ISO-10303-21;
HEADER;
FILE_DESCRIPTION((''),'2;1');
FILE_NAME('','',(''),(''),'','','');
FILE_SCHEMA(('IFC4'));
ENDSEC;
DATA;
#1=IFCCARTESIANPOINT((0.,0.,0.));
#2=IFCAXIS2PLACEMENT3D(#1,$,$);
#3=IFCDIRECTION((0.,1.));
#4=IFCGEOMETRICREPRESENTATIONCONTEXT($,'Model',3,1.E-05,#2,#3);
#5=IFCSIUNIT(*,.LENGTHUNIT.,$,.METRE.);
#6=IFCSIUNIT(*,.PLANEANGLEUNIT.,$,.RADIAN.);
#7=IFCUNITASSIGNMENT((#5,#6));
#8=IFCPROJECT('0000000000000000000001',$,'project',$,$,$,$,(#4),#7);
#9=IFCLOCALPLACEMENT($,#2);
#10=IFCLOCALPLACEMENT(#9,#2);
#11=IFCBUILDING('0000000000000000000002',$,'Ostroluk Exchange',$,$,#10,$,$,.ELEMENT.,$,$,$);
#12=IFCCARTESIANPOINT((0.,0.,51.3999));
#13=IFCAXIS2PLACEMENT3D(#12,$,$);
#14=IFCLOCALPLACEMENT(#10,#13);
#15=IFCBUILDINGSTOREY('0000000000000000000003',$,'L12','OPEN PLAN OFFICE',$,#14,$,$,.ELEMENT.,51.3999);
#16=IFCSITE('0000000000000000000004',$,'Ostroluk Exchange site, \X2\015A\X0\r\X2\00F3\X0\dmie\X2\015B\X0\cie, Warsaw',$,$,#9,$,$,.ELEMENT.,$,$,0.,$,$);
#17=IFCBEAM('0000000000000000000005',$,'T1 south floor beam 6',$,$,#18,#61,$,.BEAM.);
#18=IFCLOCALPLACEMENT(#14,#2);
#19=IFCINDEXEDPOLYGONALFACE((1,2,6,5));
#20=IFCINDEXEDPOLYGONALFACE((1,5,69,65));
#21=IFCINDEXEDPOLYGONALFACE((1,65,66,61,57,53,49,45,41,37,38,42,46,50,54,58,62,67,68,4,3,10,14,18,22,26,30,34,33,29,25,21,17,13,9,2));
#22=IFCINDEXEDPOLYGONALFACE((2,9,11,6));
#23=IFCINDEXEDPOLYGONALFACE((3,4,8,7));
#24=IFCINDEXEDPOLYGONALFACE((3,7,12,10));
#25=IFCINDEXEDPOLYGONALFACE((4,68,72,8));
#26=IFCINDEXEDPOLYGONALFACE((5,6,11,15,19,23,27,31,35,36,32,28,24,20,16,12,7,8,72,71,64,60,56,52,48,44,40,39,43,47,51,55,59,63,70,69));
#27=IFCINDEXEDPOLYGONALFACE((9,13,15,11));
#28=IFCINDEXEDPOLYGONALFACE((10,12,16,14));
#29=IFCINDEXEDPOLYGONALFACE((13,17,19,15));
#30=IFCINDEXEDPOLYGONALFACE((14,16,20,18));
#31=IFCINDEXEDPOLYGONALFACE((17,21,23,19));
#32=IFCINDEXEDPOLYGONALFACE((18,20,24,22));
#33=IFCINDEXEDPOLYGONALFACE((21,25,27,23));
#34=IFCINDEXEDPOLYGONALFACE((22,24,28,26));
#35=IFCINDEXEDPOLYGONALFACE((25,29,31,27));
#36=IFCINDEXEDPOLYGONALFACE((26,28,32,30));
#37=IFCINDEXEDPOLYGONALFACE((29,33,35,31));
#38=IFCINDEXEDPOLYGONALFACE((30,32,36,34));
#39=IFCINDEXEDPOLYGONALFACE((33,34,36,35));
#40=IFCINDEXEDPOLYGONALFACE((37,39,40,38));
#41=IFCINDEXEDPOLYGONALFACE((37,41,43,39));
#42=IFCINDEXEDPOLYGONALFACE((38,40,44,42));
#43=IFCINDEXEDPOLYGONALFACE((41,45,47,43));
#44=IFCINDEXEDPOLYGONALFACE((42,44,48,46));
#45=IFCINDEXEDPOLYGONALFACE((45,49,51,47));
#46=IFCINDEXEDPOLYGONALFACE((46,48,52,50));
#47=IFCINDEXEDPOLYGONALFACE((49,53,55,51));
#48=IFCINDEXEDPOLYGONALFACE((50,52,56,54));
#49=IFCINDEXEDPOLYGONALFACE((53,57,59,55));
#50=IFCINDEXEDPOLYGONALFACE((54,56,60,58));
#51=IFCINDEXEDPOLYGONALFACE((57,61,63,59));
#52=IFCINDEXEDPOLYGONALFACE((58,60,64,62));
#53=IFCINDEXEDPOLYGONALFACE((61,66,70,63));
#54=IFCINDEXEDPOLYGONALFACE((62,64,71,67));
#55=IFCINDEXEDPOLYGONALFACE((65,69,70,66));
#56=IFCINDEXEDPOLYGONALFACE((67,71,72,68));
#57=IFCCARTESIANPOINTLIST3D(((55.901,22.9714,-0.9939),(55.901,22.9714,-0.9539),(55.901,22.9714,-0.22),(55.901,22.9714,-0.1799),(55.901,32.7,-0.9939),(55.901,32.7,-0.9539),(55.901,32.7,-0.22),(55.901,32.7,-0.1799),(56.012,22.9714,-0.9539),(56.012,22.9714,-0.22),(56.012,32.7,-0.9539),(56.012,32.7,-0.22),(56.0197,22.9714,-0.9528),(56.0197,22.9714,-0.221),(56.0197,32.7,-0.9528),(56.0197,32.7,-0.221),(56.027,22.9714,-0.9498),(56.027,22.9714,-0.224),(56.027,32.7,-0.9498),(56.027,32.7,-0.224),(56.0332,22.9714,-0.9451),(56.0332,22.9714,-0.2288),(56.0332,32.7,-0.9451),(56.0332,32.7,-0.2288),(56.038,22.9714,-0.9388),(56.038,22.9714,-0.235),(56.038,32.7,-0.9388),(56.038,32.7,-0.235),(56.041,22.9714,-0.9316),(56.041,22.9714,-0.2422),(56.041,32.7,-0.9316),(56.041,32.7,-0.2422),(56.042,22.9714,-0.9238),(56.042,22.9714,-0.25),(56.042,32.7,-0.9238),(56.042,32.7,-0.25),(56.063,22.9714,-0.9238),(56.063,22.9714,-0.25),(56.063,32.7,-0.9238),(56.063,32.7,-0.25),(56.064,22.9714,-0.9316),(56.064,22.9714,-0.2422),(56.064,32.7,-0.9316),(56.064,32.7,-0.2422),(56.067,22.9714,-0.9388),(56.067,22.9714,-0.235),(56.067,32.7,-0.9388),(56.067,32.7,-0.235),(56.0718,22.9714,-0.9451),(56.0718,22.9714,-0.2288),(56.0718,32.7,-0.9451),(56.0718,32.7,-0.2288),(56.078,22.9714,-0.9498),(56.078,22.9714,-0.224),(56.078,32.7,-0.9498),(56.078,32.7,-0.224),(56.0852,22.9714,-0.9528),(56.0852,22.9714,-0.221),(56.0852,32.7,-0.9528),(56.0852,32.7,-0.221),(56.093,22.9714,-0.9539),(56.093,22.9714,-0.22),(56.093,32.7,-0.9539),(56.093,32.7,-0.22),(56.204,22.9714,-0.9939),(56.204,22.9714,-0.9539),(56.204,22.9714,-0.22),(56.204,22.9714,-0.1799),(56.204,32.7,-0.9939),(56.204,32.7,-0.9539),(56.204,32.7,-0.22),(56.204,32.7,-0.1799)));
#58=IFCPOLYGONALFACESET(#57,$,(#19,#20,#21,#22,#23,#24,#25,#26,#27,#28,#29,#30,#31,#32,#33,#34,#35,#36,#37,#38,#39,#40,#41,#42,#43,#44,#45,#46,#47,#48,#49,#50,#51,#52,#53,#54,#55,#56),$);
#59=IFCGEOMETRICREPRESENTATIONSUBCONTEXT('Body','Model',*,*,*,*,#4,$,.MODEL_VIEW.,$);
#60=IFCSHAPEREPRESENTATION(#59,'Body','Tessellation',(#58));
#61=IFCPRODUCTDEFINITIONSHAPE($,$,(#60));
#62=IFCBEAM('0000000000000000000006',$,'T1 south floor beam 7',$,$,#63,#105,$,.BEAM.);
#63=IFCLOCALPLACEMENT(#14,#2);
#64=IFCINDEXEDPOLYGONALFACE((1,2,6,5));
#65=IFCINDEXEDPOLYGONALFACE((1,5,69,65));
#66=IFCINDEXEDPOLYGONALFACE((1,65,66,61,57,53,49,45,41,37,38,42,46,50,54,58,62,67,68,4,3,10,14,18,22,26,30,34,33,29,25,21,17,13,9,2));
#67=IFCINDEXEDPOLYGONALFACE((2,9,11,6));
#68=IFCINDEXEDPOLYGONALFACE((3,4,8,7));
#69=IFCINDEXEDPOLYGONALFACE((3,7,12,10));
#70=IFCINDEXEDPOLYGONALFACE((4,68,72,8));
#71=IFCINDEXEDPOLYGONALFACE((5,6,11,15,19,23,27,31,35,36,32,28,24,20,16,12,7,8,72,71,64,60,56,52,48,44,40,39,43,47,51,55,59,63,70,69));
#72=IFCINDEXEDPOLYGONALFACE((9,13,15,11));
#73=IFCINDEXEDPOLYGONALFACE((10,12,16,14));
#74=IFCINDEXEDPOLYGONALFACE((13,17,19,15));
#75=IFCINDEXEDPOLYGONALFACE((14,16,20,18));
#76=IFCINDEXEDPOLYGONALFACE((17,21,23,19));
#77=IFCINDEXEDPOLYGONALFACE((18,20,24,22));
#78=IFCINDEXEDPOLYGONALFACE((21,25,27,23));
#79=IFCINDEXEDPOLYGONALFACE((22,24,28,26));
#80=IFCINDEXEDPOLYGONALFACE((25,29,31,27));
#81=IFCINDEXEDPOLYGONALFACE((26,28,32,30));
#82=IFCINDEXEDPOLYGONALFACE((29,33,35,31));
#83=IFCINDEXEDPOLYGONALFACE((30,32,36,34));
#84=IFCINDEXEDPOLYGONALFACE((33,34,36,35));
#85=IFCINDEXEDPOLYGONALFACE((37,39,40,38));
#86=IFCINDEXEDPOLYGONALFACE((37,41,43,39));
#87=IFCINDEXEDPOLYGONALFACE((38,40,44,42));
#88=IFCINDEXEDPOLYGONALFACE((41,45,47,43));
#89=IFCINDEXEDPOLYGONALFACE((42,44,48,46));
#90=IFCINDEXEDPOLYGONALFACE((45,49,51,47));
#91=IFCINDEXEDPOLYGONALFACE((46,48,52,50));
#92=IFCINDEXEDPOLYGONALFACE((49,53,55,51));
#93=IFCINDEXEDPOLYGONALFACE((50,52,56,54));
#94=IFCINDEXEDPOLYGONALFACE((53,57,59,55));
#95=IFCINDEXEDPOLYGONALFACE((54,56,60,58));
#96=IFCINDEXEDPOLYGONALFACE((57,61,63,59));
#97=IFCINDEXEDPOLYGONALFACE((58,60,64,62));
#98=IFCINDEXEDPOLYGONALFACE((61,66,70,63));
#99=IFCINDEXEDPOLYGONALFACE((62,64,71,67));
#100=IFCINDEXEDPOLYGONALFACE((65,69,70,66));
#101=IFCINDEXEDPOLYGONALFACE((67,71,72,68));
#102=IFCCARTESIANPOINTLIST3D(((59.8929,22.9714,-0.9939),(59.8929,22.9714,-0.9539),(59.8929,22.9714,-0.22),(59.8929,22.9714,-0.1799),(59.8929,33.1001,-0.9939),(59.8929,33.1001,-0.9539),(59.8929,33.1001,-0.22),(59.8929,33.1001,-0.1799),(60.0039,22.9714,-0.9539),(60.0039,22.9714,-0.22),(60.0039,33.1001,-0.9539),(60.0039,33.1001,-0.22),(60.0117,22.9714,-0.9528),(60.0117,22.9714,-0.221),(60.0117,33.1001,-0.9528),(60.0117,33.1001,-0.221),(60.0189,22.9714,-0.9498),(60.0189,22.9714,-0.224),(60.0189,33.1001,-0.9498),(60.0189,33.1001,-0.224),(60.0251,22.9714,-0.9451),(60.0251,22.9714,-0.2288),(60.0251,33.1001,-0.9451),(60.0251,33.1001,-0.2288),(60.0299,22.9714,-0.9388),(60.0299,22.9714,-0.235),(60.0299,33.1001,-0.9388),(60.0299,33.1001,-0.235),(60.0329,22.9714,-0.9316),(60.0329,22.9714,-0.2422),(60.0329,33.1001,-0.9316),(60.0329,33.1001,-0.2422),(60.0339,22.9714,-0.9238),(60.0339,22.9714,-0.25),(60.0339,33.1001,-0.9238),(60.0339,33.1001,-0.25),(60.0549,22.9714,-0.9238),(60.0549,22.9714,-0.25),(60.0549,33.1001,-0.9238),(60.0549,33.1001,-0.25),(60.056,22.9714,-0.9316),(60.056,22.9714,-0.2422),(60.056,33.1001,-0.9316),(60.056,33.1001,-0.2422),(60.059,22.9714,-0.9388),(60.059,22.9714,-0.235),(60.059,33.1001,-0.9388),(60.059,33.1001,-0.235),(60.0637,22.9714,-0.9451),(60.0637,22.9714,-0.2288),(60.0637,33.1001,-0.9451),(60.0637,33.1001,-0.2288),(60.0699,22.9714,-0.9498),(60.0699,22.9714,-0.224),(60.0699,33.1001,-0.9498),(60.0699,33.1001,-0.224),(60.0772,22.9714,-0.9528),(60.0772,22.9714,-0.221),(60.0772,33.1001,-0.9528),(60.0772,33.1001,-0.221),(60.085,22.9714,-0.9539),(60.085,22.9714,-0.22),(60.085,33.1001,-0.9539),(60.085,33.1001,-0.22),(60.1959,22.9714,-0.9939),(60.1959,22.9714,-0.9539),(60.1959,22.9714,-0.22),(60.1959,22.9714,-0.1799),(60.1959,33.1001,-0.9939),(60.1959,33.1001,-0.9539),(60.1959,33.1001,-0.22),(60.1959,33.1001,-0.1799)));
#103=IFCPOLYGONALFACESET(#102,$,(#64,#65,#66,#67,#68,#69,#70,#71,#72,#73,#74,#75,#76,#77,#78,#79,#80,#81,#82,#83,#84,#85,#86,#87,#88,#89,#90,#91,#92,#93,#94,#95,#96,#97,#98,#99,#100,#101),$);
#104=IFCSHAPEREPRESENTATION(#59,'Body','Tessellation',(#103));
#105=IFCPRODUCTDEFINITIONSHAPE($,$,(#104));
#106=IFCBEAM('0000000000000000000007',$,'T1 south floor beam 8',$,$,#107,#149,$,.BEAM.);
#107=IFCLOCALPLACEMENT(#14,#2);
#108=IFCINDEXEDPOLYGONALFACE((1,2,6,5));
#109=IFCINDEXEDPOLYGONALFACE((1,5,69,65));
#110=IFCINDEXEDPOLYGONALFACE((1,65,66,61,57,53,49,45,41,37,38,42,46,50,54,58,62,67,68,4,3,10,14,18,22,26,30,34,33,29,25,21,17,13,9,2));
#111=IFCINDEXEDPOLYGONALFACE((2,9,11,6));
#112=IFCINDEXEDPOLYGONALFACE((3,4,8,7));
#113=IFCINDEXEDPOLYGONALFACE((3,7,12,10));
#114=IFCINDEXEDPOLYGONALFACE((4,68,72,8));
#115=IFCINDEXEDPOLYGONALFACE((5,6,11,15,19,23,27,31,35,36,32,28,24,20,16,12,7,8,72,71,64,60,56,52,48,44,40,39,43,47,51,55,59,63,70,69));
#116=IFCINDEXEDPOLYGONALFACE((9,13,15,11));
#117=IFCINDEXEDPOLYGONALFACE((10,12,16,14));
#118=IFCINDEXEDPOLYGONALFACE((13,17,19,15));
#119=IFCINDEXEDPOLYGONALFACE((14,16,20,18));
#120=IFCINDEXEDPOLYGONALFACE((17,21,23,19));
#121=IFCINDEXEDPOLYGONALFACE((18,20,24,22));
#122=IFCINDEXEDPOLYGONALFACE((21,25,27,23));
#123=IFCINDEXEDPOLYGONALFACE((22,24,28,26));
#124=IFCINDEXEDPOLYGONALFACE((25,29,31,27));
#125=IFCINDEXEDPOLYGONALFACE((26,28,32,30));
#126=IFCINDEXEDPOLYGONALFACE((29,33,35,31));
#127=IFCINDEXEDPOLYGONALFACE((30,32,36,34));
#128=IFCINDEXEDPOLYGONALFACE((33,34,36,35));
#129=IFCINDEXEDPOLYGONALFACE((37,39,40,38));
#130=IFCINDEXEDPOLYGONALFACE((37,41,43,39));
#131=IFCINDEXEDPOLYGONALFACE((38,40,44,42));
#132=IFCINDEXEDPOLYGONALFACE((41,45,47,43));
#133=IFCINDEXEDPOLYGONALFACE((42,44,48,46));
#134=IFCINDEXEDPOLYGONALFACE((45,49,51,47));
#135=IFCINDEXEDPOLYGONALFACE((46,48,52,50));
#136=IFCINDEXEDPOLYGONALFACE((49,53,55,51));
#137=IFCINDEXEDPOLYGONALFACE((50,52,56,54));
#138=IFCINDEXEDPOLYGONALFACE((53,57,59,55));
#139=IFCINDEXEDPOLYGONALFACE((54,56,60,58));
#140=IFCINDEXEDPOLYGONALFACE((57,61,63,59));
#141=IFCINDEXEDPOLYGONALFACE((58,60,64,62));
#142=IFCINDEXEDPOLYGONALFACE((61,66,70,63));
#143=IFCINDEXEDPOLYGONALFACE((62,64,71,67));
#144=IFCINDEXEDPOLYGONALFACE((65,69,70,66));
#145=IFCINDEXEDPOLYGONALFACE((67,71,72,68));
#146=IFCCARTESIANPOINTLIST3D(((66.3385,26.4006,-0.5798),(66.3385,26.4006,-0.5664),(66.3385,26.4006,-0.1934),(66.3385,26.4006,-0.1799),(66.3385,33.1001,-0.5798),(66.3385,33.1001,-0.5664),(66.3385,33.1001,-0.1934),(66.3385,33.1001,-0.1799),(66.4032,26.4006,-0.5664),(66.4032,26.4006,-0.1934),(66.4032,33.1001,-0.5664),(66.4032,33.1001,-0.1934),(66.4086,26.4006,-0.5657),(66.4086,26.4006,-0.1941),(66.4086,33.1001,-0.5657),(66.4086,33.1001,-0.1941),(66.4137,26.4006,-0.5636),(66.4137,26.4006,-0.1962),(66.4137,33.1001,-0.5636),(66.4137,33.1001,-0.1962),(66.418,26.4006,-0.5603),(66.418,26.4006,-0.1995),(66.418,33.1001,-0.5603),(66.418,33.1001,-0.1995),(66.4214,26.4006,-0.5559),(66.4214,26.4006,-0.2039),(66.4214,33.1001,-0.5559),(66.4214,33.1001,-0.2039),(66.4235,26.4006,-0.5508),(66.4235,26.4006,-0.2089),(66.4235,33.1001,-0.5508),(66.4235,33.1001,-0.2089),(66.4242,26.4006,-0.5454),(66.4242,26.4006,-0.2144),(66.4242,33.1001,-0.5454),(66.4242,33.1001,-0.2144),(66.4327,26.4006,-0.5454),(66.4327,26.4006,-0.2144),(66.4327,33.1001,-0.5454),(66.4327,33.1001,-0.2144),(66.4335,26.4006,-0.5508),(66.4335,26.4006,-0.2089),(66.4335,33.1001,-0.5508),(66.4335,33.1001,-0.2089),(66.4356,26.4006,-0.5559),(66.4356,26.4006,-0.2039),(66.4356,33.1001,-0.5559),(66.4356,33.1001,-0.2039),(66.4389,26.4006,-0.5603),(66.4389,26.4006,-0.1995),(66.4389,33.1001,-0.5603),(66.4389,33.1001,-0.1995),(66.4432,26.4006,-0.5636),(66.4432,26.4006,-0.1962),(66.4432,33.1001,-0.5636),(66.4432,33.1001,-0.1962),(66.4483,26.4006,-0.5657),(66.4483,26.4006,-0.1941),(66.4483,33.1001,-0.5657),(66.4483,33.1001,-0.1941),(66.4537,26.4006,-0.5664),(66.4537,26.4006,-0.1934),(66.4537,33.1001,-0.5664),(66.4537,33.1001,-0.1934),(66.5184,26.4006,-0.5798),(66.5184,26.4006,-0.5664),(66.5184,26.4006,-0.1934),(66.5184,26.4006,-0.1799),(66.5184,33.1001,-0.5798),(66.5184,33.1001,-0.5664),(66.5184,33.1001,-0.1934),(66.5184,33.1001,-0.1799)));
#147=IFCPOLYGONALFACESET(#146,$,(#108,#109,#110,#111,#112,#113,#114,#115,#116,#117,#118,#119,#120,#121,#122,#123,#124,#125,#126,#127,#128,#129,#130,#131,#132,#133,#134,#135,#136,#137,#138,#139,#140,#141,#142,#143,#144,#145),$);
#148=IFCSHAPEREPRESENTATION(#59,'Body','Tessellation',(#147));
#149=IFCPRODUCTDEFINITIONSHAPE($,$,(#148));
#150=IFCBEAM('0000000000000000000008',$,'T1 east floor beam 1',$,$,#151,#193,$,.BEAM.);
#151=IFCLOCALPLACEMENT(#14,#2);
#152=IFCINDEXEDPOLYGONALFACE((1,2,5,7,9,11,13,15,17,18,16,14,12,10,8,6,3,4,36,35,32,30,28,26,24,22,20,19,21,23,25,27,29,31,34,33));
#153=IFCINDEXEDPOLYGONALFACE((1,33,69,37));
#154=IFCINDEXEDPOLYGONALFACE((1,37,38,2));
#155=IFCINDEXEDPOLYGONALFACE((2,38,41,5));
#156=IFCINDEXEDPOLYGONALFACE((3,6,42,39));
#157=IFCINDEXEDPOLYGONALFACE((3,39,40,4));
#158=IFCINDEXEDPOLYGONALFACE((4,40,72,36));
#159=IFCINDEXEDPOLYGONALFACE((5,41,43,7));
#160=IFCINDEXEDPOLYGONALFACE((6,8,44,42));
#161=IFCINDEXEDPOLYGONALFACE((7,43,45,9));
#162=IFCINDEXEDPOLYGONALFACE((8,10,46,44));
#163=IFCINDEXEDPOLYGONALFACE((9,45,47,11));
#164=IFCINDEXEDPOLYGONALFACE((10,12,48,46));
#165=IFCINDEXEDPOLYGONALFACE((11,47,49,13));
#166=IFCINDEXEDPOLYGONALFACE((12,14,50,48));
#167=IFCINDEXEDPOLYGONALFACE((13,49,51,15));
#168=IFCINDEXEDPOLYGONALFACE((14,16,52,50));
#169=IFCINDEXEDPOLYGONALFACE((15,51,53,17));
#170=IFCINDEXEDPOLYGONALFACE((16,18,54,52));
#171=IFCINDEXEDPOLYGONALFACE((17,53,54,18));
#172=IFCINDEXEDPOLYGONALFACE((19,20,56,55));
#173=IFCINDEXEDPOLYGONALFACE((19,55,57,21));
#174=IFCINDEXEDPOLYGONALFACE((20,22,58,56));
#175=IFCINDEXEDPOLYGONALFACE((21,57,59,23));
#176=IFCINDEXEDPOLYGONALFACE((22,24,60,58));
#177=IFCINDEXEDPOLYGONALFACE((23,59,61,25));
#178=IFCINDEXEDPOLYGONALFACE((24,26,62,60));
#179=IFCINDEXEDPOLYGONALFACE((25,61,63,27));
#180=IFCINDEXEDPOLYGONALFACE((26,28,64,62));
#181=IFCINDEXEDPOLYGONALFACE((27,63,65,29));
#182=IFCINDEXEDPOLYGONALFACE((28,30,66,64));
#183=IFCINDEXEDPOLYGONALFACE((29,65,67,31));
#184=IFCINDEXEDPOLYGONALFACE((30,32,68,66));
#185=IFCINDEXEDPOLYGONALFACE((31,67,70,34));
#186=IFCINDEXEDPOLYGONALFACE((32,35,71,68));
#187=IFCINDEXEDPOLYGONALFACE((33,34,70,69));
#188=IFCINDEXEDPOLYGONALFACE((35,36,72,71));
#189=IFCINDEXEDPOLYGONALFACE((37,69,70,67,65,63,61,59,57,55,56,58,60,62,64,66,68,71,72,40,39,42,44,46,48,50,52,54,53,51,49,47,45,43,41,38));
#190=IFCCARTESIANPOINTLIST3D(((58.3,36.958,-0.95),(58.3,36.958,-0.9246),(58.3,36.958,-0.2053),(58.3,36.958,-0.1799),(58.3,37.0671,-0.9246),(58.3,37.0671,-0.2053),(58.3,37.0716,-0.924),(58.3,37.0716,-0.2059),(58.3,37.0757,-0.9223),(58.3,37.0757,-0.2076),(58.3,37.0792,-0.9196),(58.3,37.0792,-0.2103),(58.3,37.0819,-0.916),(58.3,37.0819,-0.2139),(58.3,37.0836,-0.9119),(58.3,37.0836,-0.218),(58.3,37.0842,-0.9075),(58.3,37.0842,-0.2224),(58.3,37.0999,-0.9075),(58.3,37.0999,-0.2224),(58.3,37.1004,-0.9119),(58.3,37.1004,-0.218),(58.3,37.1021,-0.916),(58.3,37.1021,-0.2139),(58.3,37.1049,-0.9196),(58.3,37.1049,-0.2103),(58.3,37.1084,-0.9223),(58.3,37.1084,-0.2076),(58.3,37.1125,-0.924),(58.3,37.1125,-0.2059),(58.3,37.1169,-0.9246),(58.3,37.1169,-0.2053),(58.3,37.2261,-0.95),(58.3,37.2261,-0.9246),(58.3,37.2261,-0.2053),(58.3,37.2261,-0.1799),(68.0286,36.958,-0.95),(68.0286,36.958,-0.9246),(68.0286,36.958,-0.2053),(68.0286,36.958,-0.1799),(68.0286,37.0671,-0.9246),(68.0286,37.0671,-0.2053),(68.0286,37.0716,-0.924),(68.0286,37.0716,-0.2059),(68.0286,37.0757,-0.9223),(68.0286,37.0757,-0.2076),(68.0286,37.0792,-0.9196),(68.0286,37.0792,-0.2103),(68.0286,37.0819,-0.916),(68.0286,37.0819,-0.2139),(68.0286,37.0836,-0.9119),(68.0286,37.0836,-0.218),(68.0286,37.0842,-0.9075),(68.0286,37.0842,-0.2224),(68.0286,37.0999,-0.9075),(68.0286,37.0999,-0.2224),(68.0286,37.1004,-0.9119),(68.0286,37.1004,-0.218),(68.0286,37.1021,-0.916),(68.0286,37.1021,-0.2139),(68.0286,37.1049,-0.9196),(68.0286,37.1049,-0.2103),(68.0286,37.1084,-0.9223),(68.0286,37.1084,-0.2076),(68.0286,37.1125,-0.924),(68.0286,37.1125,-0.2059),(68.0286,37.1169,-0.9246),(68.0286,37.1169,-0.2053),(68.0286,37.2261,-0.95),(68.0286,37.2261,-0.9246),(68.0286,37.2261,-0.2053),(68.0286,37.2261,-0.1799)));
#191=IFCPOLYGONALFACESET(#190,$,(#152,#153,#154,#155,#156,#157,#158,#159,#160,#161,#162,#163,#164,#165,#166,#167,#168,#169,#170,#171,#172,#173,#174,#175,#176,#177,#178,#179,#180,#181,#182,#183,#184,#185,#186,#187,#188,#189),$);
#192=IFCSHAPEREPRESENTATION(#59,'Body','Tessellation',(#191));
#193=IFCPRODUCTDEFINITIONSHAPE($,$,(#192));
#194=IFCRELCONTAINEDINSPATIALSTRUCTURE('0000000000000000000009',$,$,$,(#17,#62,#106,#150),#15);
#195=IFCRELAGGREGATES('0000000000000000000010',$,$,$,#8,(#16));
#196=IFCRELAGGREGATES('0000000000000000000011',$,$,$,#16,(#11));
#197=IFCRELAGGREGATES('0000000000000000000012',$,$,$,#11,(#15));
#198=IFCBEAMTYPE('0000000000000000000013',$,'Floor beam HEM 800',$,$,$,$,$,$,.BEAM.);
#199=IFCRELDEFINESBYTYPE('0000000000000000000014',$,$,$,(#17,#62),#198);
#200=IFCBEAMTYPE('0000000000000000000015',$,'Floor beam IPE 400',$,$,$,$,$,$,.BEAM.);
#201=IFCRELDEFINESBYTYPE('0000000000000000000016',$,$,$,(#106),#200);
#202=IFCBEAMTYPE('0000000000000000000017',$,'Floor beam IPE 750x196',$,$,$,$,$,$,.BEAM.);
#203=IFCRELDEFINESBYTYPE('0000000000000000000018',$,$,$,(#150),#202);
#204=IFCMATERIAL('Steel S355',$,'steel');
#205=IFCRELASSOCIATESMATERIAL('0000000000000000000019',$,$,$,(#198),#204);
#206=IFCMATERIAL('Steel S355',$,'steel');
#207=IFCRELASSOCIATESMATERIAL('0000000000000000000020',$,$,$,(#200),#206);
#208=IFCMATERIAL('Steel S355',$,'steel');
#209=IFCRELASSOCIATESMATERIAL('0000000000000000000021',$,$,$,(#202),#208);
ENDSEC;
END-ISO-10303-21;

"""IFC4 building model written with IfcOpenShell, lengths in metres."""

from ifc_helpers import new_model, si_unit, direction, frame, origin, origin_2d, place, context, subcontext, project, spatial, i_section, extrude, material, material_profile, profile_set, type_object, element, save


model = new_model("IFC4")

# Units and contexts
model_context = context("Model", 3, precision=1e-05, world=origin(), true_north=direction((0.0, 1.0)))
body_context = subcontext(model_context, "Body", "Model", "MODEL_VIEW")
ifc_project = project(units=[si_unit("LENGTHUNIT", "METRE"), si_unit("PLANEANGLEUNIT", "RADIAN")], contexts=[model_context])

# Site, building, storey
site_placement = place(None, origin())
site = spatial("IfcSite", under=ifc_project, at=site_placement, Name="Ostroluk Exchange site, Śródmieście, Warsaw", CompositionType="ELEMENT", RefElevation=0.0)
building_placement = place(site_placement, origin())
building = spatial("IfcBuilding", under=site, at=building_placement, Name="Ostroluk Exchange", CompositionType="ELEMENT")
storey_placement = place(building_placement, frame((0.0, 0.0, 51.3999)))
storey = spatial("IfcBuildingStorey", under=building, at=storey_placement, Name="L12", Description="OPEN PLAN OFFICE", CompositionType="ELEMENT", Elevation=51.3999)

# Beams
ifc_material_1 = material(Name="Steel S355", Category="steel")
ifc_material_profile_1 = material_profile(ifc_material_1, i_section(OverallWidth=0.303, OverallDepth=0.814, WebThickness=0.021, FlangeThickness=0.04, FilletRadius=0.03, at=origin_2d()), Name="HEM 800")
ifc_profile_set_1 = profile_set([ifc_material_profile_1], Name="Steel S355")
beam_type_1 = type_object("IfcBeamType", Name="Floor beam HEM 800", PredefinedType="BEAM", material=ifc_profile_set_1)
beam_1_placement = place(storey_placement, frame((56.0525, 32.7, -0.5869), z_axis=(0.0, -1.0, 0.0), x_axis=(1.0, 0.0, 0.0)))
element("IfcBeam", 1, at=beam_1_placement, inside=storey, type_object=beam_type_1, Name="T1 south floor beam 6", PredefinedType="BEAM", context=body_context, shape_type="SweptSolid", body=[
    extrude(i_section(OverallWidth=0.303, OverallDepth=0.814, WebThickness=0.021, FlangeThickness=0.04, FilletRadius=0.03, at=origin_2d()), origin(), (0.0, 0.0, 1.0), 9.7285),
])
beam_2_placement = place(storey_placement, frame((60.0444, 33.1001, -0.5869), z_axis=(0.0, -1.0, 0.0), x_axis=(1.0, 0.0, 0.0)))
element("IfcBeam", 2, at=beam_2_placement, inside=storey, type_object=beam_type_1, Name="T1 south floor beam 7", PredefinedType="BEAM", context=body_context, shape_type="SweptSolid", body=[
    extrude(i_section(OverallWidth=0.303, OverallDepth=0.814, WebThickness=0.021, FlangeThickness=0.04, FilletRadius=0.03, at=origin_2d()), origin(), (0.0, 0.0, 1.0), 10.1287),
])
ifc_material_2 = material(Name="Steel S355", Category="steel")
ifc_material_profile_2 = material_profile(ifc_material_2, i_section(OverallWidth=0.1799, OverallDepth=0.3999, WebThickness=0.0085, FlangeThickness=0.0134, FilletRadius=0.021, at=origin_2d()), Name="IPE 400")
ifc_profile_set_2 = profile_set([ifc_material_profile_2], Name="Steel S355")
beam_type_2 = type_object("IfcBeamType", Name="Floor beam IPE 400", PredefinedType="BEAM", material=ifc_profile_set_2)
beam_3_placement = place(storey_placement, frame((66.4285, 33.1001, -0.3799), z_axis=(0.0, -1.0, 0.0), x_axis=(1.0, 0.0, 0.0)))
element("IfcBeam", 3, at=beam_3_placement, inside=storey, type_object=beam_type_2, Name="T1 south floor beam 8", PredefinedType="BEAM", context=body_context, shape_type="SweptSolid", body=[
    extrude(i_section(OverallWidth=0.1799, OverallDepth=0.3999, WebThickness=0.0085, FlangeThickness=0.0134, FilletRadius=0.021, at=origin_2d()), origin(), (0.0, 0.0, 1.0), 6.6995),
])
ifc_material_3 = material(Name="Steel S355", Category="steel")
ifc_material_profile_3 = material_profile(ifc_material_3, i_section(OverallWidth=0.2681, OverallDepth=0.77, WebThickness=0.0156, FlangeThickness=0.0254, FilletRadius=0.0171, at=origin_2d()), Name="IPE 750x196")
ifc_profile_set_3 = profile_set([ifc_material_profile_3], Name="Steel S355")
beam_type_3 = type_object("IfcBeamType", Name="Floor beam IPE 750x196", PredefinedType="BEAM", material=ifc_profile_set_3)
for number, where, z_axis, x_axis, name in (
    (4, (58.3, 37.092, -0.5649), (1.0, 0.0, 0.0), (0.0, 1.0, 0.0), "T1 east floor beam 1"),
):
    element("IfcBeam", number, at=place(storey_placement, frame(where, z_axis=z_axis, x_axis=x_axis)), inside=storey, type_object=beam_type_3, Name=name, PredefinedType="BEAM", context=body_context, shape_type="SweptSolid", body=[
        extrude(i_section(OverallWidth=0.2681, OverallDepth=0.77, WebThickness=0.0156, FlangeThickness=0.0254, FilletRadius=0.0171, at=origin_2d()), origin(), (0.0, 0.0, 1.0), 9.7285),
    ])

save(model, "model.ifc")
